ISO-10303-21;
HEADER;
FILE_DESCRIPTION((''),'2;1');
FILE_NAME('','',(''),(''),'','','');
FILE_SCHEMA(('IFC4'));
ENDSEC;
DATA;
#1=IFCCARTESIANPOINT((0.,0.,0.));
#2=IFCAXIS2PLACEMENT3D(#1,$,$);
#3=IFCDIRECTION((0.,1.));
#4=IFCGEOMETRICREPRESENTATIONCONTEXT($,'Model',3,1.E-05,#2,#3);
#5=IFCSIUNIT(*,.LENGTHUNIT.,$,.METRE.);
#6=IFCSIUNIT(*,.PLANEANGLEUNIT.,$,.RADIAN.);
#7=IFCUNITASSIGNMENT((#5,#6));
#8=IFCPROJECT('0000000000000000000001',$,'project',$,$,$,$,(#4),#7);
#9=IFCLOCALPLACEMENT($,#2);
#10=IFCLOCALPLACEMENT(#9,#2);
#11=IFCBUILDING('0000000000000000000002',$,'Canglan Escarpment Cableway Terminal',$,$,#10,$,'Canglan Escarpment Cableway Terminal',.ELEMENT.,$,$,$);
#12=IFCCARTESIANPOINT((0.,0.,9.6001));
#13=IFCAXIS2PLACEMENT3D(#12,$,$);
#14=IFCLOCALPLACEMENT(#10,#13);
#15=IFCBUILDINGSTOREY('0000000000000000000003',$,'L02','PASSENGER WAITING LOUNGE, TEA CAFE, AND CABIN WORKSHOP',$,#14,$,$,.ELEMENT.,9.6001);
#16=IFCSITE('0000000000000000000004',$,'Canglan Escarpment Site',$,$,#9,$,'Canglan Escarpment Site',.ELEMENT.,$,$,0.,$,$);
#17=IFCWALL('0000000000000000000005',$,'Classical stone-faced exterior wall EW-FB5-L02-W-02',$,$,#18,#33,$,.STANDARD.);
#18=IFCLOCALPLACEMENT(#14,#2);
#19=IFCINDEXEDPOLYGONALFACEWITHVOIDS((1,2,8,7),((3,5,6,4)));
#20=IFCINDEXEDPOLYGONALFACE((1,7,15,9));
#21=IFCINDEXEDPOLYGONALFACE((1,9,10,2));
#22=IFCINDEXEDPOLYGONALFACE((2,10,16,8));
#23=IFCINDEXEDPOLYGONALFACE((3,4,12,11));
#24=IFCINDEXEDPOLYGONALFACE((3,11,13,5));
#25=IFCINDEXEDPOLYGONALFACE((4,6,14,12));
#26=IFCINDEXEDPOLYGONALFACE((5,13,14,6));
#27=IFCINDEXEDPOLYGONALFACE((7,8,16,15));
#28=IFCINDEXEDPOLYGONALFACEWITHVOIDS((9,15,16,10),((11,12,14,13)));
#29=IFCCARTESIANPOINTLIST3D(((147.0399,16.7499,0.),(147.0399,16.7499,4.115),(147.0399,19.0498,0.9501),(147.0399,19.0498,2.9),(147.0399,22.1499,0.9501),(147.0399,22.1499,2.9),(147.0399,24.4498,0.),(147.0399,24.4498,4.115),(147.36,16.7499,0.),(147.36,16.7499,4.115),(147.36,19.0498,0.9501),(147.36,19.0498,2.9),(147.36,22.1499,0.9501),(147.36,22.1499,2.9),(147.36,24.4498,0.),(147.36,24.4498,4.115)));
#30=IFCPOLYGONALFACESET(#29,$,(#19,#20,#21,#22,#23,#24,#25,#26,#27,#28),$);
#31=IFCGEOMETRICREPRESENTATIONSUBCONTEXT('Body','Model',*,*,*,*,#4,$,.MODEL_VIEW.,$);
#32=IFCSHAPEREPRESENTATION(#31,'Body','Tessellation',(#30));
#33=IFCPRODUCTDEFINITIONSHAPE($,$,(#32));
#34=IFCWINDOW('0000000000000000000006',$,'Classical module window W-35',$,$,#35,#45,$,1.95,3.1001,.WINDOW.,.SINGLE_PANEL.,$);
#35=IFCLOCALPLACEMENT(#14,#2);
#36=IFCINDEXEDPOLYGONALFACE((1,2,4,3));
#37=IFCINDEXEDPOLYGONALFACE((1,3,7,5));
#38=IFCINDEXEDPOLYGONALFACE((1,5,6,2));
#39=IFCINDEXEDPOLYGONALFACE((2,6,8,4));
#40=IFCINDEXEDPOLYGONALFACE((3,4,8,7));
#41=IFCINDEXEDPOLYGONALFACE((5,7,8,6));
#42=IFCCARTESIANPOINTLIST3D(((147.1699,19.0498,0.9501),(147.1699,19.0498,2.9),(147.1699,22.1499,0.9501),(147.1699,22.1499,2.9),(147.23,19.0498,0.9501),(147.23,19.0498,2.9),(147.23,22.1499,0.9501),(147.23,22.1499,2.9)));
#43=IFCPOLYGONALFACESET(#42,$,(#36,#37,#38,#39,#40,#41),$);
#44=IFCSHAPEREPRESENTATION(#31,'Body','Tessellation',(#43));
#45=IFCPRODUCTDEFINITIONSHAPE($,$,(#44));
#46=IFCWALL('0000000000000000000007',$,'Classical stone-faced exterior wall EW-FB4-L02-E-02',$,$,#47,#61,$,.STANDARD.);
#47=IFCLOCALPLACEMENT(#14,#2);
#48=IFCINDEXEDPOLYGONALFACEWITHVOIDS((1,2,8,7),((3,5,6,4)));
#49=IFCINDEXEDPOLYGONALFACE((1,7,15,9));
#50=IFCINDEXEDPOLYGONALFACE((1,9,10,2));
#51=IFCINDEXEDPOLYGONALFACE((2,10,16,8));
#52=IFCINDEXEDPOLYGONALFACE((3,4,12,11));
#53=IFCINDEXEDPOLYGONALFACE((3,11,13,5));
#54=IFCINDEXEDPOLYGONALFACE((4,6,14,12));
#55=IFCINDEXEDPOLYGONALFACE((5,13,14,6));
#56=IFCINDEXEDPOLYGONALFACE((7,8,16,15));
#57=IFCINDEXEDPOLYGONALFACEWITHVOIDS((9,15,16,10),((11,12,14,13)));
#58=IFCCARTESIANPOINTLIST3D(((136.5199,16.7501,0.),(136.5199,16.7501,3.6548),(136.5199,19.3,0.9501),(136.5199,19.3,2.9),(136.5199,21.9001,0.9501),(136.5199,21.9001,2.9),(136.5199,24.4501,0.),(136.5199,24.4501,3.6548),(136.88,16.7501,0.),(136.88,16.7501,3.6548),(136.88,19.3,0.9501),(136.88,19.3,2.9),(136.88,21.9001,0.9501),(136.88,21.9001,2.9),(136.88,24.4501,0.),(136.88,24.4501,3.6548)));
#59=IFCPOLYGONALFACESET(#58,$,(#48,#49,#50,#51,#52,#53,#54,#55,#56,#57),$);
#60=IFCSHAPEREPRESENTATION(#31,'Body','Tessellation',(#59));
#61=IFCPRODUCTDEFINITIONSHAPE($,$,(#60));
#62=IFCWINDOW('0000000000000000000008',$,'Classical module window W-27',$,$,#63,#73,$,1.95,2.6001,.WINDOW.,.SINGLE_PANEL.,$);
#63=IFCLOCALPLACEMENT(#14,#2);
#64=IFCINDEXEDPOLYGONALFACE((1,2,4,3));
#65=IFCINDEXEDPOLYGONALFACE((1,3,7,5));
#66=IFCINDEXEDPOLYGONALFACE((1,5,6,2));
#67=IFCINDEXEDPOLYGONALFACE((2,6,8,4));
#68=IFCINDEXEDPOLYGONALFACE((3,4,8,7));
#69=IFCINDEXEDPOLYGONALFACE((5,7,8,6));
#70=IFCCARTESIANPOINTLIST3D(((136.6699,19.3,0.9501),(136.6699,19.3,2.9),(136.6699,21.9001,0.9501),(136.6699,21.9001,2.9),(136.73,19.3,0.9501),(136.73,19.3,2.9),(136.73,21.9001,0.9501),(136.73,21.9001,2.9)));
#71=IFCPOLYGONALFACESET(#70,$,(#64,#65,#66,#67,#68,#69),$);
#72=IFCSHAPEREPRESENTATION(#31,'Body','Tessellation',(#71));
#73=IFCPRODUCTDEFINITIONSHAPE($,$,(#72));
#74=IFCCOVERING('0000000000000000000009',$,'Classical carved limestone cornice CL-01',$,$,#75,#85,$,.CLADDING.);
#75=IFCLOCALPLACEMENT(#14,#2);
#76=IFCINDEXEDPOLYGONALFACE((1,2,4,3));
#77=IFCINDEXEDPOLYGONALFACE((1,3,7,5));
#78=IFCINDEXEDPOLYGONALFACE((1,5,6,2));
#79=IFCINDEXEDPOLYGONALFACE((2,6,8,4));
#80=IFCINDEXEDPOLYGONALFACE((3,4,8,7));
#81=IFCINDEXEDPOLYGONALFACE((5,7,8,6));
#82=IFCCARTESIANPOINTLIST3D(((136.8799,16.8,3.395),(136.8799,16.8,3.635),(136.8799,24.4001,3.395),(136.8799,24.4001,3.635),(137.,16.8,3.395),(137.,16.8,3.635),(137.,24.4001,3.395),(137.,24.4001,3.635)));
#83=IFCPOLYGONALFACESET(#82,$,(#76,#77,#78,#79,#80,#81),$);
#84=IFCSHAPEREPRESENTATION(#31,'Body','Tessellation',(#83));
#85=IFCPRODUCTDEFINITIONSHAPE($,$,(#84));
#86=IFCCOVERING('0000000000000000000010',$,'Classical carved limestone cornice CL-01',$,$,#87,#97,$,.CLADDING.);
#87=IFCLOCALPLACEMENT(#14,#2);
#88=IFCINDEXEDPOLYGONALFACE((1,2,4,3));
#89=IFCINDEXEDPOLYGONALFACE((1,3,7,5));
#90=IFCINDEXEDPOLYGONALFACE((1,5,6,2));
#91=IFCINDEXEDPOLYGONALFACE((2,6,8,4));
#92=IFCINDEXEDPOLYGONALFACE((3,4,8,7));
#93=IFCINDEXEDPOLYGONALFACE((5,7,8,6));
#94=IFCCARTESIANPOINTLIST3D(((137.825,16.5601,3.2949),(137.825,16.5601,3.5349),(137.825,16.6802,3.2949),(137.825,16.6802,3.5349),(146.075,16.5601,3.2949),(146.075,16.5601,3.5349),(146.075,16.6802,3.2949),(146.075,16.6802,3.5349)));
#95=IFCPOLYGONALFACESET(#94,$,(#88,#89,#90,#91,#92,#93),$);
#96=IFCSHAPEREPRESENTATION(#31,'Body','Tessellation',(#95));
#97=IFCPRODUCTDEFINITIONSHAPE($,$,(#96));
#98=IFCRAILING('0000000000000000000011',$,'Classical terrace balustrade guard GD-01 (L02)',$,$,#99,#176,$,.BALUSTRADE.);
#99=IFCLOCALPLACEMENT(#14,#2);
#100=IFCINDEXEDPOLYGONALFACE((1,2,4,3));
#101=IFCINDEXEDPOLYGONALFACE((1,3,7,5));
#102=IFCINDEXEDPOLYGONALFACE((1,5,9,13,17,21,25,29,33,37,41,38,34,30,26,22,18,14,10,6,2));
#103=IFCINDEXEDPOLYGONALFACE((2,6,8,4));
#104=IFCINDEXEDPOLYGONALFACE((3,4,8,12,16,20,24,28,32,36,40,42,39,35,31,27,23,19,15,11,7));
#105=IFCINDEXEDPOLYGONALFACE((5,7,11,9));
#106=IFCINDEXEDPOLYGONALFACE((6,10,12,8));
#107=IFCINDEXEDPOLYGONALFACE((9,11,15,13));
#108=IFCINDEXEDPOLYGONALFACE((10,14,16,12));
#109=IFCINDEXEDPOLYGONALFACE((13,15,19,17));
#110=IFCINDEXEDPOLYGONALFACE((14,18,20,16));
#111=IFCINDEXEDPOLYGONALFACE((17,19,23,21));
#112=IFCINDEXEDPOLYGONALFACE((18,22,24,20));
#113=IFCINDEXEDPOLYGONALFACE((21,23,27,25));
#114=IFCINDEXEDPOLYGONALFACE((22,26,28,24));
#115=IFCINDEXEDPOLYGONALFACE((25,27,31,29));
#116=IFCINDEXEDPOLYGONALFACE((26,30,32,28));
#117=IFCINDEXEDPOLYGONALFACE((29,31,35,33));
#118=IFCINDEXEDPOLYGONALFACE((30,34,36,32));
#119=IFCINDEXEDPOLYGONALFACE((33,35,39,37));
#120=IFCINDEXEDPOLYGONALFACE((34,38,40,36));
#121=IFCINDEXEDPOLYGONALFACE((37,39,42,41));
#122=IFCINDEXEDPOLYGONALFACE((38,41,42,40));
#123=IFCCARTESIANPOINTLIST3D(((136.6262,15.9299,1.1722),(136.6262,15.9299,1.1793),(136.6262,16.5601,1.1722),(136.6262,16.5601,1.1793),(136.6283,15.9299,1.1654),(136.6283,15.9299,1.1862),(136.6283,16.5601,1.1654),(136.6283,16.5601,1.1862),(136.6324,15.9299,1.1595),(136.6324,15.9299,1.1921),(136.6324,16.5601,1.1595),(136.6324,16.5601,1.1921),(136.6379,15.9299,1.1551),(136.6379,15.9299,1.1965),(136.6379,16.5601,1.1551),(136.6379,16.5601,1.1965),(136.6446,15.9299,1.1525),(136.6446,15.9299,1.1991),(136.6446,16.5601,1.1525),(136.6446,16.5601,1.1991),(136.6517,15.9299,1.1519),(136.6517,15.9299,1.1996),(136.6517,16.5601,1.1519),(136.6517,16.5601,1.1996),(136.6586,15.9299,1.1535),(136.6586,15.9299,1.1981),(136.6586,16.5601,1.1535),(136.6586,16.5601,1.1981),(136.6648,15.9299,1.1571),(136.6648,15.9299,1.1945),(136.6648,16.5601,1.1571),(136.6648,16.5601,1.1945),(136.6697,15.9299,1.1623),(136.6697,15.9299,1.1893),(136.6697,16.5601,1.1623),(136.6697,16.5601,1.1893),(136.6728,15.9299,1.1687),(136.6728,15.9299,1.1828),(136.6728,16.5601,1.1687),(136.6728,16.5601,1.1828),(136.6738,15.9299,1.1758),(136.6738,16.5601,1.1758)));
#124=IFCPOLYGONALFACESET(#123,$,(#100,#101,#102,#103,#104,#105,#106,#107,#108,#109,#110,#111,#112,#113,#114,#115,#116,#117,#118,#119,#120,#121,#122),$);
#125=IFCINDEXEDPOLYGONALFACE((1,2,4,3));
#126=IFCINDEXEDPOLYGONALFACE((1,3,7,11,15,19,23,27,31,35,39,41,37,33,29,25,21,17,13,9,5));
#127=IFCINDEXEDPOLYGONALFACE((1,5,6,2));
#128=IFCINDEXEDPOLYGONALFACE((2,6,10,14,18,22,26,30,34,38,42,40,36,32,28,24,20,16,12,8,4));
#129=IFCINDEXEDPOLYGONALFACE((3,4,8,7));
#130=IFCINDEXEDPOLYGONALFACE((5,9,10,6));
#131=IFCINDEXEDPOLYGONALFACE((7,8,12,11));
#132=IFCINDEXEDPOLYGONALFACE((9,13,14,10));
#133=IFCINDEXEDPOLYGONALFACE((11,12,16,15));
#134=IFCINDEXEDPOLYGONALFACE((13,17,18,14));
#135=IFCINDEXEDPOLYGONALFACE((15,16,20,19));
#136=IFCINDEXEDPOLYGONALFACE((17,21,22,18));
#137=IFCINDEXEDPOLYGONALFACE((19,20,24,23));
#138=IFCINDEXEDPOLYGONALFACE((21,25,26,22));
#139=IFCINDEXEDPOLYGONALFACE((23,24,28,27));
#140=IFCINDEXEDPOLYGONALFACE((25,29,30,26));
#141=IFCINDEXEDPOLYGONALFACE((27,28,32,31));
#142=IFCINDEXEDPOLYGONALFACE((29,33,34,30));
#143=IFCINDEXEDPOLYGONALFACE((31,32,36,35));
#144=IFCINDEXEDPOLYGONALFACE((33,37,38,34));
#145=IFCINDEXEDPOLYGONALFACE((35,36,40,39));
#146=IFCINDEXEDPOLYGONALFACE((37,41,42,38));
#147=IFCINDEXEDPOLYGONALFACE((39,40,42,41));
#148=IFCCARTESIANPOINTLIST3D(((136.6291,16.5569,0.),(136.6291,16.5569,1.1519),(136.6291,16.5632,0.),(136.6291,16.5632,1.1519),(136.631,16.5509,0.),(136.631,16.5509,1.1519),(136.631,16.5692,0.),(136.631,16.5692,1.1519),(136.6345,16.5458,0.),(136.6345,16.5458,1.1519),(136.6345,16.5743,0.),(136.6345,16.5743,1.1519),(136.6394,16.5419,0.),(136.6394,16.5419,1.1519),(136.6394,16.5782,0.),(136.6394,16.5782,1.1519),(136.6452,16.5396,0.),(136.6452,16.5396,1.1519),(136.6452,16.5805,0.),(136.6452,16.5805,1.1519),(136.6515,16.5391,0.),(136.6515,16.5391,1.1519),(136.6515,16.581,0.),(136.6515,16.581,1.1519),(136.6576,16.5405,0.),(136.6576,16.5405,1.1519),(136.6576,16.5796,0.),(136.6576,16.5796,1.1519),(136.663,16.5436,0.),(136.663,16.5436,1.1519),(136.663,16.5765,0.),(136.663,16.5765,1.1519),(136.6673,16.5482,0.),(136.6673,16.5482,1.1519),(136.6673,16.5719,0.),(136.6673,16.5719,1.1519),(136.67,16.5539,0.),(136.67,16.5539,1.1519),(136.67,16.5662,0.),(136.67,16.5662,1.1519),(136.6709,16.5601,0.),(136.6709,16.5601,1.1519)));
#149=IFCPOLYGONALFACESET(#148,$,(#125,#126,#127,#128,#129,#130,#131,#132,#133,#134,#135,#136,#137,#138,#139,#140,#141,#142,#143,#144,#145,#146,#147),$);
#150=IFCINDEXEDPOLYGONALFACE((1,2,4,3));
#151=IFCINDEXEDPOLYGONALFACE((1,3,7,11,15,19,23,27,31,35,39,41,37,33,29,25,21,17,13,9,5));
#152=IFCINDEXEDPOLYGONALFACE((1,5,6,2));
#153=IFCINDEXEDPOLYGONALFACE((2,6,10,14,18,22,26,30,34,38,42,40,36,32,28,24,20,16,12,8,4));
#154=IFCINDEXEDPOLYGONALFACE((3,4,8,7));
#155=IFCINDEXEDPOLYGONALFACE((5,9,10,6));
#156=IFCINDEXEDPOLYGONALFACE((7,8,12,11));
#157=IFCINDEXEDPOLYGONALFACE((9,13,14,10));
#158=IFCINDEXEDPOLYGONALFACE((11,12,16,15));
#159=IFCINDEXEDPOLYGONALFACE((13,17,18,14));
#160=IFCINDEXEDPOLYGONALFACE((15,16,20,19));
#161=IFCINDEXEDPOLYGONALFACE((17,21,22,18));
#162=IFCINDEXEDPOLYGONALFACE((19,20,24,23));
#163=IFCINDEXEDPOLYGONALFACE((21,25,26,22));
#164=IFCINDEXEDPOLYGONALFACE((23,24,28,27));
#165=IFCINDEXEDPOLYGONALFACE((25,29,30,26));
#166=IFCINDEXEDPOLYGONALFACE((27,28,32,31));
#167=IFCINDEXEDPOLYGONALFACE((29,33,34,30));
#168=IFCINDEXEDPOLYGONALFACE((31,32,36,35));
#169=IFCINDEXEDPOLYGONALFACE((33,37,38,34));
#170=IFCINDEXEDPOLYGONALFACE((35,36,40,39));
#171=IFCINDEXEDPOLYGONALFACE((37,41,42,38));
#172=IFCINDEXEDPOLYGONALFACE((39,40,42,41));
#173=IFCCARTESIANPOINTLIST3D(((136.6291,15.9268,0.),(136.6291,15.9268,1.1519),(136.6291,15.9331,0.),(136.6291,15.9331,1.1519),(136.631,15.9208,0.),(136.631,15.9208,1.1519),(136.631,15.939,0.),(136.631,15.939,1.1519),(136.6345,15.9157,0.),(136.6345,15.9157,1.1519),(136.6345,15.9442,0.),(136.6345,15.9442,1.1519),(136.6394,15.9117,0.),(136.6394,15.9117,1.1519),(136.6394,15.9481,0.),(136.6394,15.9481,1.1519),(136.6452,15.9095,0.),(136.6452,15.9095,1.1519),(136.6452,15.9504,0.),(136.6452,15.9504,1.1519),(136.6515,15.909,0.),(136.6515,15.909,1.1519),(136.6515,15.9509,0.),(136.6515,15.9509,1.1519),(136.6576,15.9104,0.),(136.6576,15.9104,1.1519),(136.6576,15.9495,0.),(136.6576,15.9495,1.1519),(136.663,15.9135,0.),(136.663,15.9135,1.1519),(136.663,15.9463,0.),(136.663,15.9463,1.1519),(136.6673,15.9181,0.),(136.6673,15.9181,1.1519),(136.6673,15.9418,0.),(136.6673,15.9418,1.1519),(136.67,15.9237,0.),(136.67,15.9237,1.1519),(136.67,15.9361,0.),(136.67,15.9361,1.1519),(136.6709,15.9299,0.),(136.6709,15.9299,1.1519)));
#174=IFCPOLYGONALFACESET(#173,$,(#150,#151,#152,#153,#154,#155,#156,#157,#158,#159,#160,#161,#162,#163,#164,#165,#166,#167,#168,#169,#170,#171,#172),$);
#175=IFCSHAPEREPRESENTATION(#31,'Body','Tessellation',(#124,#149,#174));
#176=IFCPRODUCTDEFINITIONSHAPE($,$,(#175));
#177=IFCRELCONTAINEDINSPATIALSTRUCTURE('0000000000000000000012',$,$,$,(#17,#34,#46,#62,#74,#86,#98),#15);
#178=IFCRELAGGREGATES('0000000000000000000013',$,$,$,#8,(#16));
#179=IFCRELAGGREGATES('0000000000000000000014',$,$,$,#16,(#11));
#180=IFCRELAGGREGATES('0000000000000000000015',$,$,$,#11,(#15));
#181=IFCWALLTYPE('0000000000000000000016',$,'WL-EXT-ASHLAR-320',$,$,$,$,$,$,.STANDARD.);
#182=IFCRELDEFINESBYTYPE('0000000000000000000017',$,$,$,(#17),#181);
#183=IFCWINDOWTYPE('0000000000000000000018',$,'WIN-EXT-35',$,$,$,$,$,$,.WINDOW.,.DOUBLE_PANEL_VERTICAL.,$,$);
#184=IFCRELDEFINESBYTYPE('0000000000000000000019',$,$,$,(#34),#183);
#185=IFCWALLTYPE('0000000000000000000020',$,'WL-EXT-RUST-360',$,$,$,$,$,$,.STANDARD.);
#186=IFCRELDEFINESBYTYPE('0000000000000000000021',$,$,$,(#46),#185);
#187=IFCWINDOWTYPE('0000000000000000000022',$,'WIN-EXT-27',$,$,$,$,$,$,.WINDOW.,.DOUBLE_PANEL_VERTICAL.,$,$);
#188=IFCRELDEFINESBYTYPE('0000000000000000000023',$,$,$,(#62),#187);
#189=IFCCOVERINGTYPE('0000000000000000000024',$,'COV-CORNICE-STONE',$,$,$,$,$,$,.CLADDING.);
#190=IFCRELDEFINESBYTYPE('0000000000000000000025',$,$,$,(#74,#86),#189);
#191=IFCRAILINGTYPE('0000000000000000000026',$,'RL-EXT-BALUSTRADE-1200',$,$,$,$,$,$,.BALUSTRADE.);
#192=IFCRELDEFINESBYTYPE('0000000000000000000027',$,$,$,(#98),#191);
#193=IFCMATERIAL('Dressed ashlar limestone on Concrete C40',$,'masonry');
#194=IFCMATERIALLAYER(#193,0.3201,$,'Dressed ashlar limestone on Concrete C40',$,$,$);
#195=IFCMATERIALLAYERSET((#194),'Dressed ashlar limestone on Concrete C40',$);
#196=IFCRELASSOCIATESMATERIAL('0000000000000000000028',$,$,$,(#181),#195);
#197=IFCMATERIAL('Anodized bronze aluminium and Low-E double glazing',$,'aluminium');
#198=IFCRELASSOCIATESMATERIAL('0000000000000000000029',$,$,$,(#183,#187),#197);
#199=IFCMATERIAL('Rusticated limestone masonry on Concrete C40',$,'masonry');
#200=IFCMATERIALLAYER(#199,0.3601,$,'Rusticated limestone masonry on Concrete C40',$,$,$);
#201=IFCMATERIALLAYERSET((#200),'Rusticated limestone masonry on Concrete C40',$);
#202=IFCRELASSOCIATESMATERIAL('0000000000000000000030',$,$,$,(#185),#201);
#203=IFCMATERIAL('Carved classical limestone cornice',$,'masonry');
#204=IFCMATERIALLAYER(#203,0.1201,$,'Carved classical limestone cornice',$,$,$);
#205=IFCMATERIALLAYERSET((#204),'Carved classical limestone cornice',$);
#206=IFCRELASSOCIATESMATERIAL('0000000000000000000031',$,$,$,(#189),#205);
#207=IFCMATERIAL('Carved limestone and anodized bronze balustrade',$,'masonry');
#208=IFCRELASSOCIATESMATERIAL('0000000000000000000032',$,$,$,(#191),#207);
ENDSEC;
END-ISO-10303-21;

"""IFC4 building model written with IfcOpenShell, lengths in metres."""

from ifc_helpers import new_model, si_unit, direction, frame, frame_2d, origin, origin_2d, place, context, subcontext, project, spatial, rectangle, circle, extrude, material, layer, layer_set, type_object, element, fill, save


model = new_model("IFC4")

# Units and contexts
model_context = context("Model", 3, precision=1e-05, world=origin(), true_north=direction((0.0, 1.0)))
body_context = subcontext(model_context, "Body", "Model", "MODEL_VIEW")
ifc_project = project(units=[si_unit("LENGTHUNIT", "METRE"), si_unit("PLANEANGLEUNIT", "RADIAN")], contexts=[model_context])

# Site, building, storey
site_placement = place(None, origin())
site = spatial("IfcSite", under=ifc_project, at=site_placement, Name="Canglan Escarpment Site", LongName="Canglan Escarpment Site", CompositionType="ELEMENT", RefElevation=0.0)
building_placement = place(site_placement, origin())
building = spatial("IfcBuilding", under=site, at=building_placement, Name="Canglan Escarpment Cableway Terminal", LongName="Canglan Escarpment Cableway Terminal", CompositionType="ELEMENT")
storey_placement = place(building_placement, frame((0.0, 0.0, 9.6001)))
storey = spatial("IfcBuildingStorey", under=building, at=storey_placement, Name="L02", Description="PASSENGER WAITING LOUNGE, TEA CAFE, AND CABIN WORKSHOP", CompositionType="ELEMENT", Elevation=9.6001)

# Shared definitions
ifc_material_1 = material(Name="Anodized bronze aluminium and Low-E double glazing", Category="aluminium")

# Shared definitions
ifc_material_2 = material(Name="Dressed ashlar limestone on Concrete C40", Category="masonry")
ifc_layer_1 = layer(ifc_material_2, 0.3201, Name="Dressed ashlar limestone on Concrete C40")
ifc_layer_set_1 = layer_set([ifc_layer_1], Name="Dressed ashlar limestone on Concrete C40")
wall_type_1 = type_object("IfcWallType", Name="WL-EXT-ASHLAR-320", PredefinedType="STANDARD", material=ifc_layer_set_1)

# Walls, openings, windows
wall_1_placement = place(storey_placement, frame((147.2, 24.45, 0.0), z_axis=(0.0, 0.0, 1.0), x_axis=(0.0, -1.0, 0.0)))
wall_1 = element("IfcWall", 1, at=wall_1_placement, inside=storey, type_object=wall_type_1, Name="Classical stone-faced exterior wall EW-FB5-L02-W-02", PredefinedType="STANDARD", context=body_context, shape_type="SweptSolid", body=[
    extrude(rectangle(XDim=7.7, YDim=0.3201, at=frame_2d((3.8501, 0.0))), origin(), (0.0, 0.0, 1.0), 4.115),
])
opening_1_placement = place(wall_1_placement, frame((2.3, 0.0, 0.95)))
opening_1 = element("IfcOpeningElement", 2, at=opening_1_placement, cuts=wall_1, PredefinedType="OPENING", context=body_context, shape_type="SweptSolid", body=[
    extrude(rectangle(XDim=3.1001, YDim=1.95, at=frame_2d((1.55, 0.9751))), frame((0.0, 0.1699, 0.0), z_axis=(0.0, -1.0, 0.0), x_axis=(1.0, 0.0, 0.0)), (0.0, 0.0, 1.0), 0.3401),
])
window_type_1 = type_object("IfcWindowType", Name="WIN-EXT-35", PartitioningType="DOUBLE_PANEL_VERTICAL", PredefinedType="WINDOW", material=ifc_material_1)
window_1_placement = place(opening_1_placement, origin())
window_1 = element("IfcWindow", 3, at=window_1_placement, inside=storey, type_object=window_type_1, Name="Classical module window W-35", OverallHeight=1.95, OverallWidth=3.1001, PartitioningType="SINGLE_PANEL", PredefinedType="WINDOW", context=body_context, shape_type="SweptSolid", body=[
    extrude(rectangle(XDim=3.1001, YDim=1.95, at=frame_2d((1.55, 0.9751))), frame((0.0, 0.03, 0.0), z_axis=(0.0, -1.0, 0.0), x_axis=(1.0, 0.0, 0.0)), (0.0, 0.0, 1.0), 0.0601),
])
fill(opening_1, window_1)
ifc_material_3 = material(Name="Rusticated limestone masonry on Concrete C40", Category="masonry")
ifc_layer_2 = layer(ifc_material_3, 0.3601, Name="Rusticated limestone masonry on Concrete C40")
ifc_layer_set_2 = layer_set([ifc_layer_2], Name="Rusticated limestone masonry on Concrete C40")
wall_type_2 = type_object("IfcWallType", Name="WL-EXT-RUST-360", PredefinedType="STANDARD", material=ifc_layer_set_2)
wall_2_placement = place(storey_placement, frame((136.7, 16.75, 0.0), z_axis=(0.0, 0.0, 1.0), x_axis=(0.0, 1.0, 0.0)))
wall_2 = element("IfcWall", 4, at=wall_2_placement, inside=storey, type_object=wall_type_2, Name="Classical stone-faced exterior wall EW-FB4-L02-E-02", PredefinedType="STANDARD", context=body_context, shape_type="SweptSolid", body=[
    extrude(rectangle(XDim=7.7, YDim=0.3601, at=frame_2d((3.8501, 0.0))), origin(), (0.0, 0.0, 1.0), 3.6548),
])
opening_2_placement = place(wall_2_placement, frame((2.55, 0.0, 0.95)))
opening_2 = element("IfcOpeningElement", 5, at=opening_2_placement, cuts=wall_2, PredefinedType="OPENING", context=body_context, shape_type="SweptSolid", body=[
    extrude(rectangle(XDim=2.6001, YDim=1.95, at=frame_2d((1.3, 0.9751))), frame((0.0, 0.1899, 0.0), z_axis=(0.0, -1.0, 0.0), x_axis=(1.0, 0.0, 0.0)), (0.0, 0.0, 1.0), 0.3801),
])
window_type_2 = type_object("IfcWindowType", Name="WIN-EXT-27", PartitioningType="DOUBLE_PANEL_VERTICAL", PredefinedType="WINDOW", material=ifc_material_1)
window_2_placement = place(opening_2_placement, origin())
window_2 = element("IfcWindow", 6, at=window_2_placement, inside=storey, type_object=window_type_2, Name="Classical module window W-27", OverallHeight=1.95, OverallWidth=2.6001, PartitioningType="SINGLE_PANEL", PredefinedType="WINDOW", context=body_context, shape_type="SweptSolid", body=[
    extrude(rectangle(XDim=2.6001, YDim=1.95, at=frame_2d((1.3, 0.9751))), frame((0.0, 0.03, 0.0), z_axis=(0.0, -1.0, 0.0), x_axis=(1.0, 0.0, 0.0)), (0.0, 0.0, 1.0), 0.0601),
])
fill(opening_2, window_2)

# Coverings
ifc_material_4 = material(Name="Carved classical limestone cornice", Category="masonry")
ifc_layer_3 = layer(ifc_material_4, 0.1201, Name="Carved classical limestone cornice")
ifc_layer_set_3 = layer_set([ifc_layer_3], Name="Carved classical limestone cornice")
covering_type = type_object("IfcCoveringType", Name="COV-CORNICE-STONE", PredefinedType="CLADDING", material=ifc_layer_set_3)
covering_1_placement = place(storey_placement, frame((136.9399, 20.6001, 3.395), z_axis=(0.0, 0.0, 1.0), x_axis=(0.0, 1.0, 0.0)))
element("IfcCovering", 7, at=covering_1_placement, inside=storey, type_object=covering_type, Name="Classical carved limestone cornice CL-01", PredefinedType="CLADDING", context=body_context, shape_type="SweptSolid", body=[
    extrude(rectangle(XDim=7.6001, YDim=0.1201, at=origin_2d()), origin(), (0.0, 0.0, 1.0), 0.24),
])
covering_2_placement = place(storey_placement, frame((141.95, 16.6201, 3.2949), z_axis=(0.0, 0.0, 1.0), x_axis=(-1.0, 0.0, 0.0)))
element("IfcCovering", 8, at=covering_2_placement, inside=storey, type_object=covering_type, Name="Classical carved limestone cornice CL-01", PredefinedType="CLADDING", context=body_context, shape_type="SweptSolid", body=[
    extrude(rectangle(XDim=8.25, YDim=0.1201, at=origin_2d()), origin(), (0.0, 0.0, 1.0), 0.24),
])

# Railing
ifc_material_5 = material(Name="Carved limestone and anodized bronze balustrade", Category="masonry")
railing_type = type_object("IfcRailingType", Name="RL-EXT-BALUSTRADE-1200", PredefinedType="BALUSTRADE", material=ifc_material_5)
railing_1_placement = place(storey_placement, frame((136.6499, 16.5601, 0.0)))
element("IfcRailing", 9, at=railing_1_placement, inside=storey, type_object=railing_type, Name="Classical terrace balustrade guard GD-01 (L02)", PredefinedType="BALUSTRADE", context=body_context, shape_type="SweptSolid", body=[
    extrude(circle(Radius=0.0239, at=origin_2d()), frame((0.0, 0.0, 1.1758), z_axis=(0.0, -1.0, 0.0), x_axis=(1.0, 0.0, 0.0)), (0.0, 0.0, 1.0), 0.6301),
    extrude(circle(Radius=0.021, at=origin_2d()), origin(), (0.0, 0.0, 1.0), 1.1519),
    extrude(circle(Radius=0.021, at=origin_2d()), frame((0.0, -0.6301, 0.0)), (0.0, 0.0, 1.0), 1.1519),
])

save(model, "model.ifc")
